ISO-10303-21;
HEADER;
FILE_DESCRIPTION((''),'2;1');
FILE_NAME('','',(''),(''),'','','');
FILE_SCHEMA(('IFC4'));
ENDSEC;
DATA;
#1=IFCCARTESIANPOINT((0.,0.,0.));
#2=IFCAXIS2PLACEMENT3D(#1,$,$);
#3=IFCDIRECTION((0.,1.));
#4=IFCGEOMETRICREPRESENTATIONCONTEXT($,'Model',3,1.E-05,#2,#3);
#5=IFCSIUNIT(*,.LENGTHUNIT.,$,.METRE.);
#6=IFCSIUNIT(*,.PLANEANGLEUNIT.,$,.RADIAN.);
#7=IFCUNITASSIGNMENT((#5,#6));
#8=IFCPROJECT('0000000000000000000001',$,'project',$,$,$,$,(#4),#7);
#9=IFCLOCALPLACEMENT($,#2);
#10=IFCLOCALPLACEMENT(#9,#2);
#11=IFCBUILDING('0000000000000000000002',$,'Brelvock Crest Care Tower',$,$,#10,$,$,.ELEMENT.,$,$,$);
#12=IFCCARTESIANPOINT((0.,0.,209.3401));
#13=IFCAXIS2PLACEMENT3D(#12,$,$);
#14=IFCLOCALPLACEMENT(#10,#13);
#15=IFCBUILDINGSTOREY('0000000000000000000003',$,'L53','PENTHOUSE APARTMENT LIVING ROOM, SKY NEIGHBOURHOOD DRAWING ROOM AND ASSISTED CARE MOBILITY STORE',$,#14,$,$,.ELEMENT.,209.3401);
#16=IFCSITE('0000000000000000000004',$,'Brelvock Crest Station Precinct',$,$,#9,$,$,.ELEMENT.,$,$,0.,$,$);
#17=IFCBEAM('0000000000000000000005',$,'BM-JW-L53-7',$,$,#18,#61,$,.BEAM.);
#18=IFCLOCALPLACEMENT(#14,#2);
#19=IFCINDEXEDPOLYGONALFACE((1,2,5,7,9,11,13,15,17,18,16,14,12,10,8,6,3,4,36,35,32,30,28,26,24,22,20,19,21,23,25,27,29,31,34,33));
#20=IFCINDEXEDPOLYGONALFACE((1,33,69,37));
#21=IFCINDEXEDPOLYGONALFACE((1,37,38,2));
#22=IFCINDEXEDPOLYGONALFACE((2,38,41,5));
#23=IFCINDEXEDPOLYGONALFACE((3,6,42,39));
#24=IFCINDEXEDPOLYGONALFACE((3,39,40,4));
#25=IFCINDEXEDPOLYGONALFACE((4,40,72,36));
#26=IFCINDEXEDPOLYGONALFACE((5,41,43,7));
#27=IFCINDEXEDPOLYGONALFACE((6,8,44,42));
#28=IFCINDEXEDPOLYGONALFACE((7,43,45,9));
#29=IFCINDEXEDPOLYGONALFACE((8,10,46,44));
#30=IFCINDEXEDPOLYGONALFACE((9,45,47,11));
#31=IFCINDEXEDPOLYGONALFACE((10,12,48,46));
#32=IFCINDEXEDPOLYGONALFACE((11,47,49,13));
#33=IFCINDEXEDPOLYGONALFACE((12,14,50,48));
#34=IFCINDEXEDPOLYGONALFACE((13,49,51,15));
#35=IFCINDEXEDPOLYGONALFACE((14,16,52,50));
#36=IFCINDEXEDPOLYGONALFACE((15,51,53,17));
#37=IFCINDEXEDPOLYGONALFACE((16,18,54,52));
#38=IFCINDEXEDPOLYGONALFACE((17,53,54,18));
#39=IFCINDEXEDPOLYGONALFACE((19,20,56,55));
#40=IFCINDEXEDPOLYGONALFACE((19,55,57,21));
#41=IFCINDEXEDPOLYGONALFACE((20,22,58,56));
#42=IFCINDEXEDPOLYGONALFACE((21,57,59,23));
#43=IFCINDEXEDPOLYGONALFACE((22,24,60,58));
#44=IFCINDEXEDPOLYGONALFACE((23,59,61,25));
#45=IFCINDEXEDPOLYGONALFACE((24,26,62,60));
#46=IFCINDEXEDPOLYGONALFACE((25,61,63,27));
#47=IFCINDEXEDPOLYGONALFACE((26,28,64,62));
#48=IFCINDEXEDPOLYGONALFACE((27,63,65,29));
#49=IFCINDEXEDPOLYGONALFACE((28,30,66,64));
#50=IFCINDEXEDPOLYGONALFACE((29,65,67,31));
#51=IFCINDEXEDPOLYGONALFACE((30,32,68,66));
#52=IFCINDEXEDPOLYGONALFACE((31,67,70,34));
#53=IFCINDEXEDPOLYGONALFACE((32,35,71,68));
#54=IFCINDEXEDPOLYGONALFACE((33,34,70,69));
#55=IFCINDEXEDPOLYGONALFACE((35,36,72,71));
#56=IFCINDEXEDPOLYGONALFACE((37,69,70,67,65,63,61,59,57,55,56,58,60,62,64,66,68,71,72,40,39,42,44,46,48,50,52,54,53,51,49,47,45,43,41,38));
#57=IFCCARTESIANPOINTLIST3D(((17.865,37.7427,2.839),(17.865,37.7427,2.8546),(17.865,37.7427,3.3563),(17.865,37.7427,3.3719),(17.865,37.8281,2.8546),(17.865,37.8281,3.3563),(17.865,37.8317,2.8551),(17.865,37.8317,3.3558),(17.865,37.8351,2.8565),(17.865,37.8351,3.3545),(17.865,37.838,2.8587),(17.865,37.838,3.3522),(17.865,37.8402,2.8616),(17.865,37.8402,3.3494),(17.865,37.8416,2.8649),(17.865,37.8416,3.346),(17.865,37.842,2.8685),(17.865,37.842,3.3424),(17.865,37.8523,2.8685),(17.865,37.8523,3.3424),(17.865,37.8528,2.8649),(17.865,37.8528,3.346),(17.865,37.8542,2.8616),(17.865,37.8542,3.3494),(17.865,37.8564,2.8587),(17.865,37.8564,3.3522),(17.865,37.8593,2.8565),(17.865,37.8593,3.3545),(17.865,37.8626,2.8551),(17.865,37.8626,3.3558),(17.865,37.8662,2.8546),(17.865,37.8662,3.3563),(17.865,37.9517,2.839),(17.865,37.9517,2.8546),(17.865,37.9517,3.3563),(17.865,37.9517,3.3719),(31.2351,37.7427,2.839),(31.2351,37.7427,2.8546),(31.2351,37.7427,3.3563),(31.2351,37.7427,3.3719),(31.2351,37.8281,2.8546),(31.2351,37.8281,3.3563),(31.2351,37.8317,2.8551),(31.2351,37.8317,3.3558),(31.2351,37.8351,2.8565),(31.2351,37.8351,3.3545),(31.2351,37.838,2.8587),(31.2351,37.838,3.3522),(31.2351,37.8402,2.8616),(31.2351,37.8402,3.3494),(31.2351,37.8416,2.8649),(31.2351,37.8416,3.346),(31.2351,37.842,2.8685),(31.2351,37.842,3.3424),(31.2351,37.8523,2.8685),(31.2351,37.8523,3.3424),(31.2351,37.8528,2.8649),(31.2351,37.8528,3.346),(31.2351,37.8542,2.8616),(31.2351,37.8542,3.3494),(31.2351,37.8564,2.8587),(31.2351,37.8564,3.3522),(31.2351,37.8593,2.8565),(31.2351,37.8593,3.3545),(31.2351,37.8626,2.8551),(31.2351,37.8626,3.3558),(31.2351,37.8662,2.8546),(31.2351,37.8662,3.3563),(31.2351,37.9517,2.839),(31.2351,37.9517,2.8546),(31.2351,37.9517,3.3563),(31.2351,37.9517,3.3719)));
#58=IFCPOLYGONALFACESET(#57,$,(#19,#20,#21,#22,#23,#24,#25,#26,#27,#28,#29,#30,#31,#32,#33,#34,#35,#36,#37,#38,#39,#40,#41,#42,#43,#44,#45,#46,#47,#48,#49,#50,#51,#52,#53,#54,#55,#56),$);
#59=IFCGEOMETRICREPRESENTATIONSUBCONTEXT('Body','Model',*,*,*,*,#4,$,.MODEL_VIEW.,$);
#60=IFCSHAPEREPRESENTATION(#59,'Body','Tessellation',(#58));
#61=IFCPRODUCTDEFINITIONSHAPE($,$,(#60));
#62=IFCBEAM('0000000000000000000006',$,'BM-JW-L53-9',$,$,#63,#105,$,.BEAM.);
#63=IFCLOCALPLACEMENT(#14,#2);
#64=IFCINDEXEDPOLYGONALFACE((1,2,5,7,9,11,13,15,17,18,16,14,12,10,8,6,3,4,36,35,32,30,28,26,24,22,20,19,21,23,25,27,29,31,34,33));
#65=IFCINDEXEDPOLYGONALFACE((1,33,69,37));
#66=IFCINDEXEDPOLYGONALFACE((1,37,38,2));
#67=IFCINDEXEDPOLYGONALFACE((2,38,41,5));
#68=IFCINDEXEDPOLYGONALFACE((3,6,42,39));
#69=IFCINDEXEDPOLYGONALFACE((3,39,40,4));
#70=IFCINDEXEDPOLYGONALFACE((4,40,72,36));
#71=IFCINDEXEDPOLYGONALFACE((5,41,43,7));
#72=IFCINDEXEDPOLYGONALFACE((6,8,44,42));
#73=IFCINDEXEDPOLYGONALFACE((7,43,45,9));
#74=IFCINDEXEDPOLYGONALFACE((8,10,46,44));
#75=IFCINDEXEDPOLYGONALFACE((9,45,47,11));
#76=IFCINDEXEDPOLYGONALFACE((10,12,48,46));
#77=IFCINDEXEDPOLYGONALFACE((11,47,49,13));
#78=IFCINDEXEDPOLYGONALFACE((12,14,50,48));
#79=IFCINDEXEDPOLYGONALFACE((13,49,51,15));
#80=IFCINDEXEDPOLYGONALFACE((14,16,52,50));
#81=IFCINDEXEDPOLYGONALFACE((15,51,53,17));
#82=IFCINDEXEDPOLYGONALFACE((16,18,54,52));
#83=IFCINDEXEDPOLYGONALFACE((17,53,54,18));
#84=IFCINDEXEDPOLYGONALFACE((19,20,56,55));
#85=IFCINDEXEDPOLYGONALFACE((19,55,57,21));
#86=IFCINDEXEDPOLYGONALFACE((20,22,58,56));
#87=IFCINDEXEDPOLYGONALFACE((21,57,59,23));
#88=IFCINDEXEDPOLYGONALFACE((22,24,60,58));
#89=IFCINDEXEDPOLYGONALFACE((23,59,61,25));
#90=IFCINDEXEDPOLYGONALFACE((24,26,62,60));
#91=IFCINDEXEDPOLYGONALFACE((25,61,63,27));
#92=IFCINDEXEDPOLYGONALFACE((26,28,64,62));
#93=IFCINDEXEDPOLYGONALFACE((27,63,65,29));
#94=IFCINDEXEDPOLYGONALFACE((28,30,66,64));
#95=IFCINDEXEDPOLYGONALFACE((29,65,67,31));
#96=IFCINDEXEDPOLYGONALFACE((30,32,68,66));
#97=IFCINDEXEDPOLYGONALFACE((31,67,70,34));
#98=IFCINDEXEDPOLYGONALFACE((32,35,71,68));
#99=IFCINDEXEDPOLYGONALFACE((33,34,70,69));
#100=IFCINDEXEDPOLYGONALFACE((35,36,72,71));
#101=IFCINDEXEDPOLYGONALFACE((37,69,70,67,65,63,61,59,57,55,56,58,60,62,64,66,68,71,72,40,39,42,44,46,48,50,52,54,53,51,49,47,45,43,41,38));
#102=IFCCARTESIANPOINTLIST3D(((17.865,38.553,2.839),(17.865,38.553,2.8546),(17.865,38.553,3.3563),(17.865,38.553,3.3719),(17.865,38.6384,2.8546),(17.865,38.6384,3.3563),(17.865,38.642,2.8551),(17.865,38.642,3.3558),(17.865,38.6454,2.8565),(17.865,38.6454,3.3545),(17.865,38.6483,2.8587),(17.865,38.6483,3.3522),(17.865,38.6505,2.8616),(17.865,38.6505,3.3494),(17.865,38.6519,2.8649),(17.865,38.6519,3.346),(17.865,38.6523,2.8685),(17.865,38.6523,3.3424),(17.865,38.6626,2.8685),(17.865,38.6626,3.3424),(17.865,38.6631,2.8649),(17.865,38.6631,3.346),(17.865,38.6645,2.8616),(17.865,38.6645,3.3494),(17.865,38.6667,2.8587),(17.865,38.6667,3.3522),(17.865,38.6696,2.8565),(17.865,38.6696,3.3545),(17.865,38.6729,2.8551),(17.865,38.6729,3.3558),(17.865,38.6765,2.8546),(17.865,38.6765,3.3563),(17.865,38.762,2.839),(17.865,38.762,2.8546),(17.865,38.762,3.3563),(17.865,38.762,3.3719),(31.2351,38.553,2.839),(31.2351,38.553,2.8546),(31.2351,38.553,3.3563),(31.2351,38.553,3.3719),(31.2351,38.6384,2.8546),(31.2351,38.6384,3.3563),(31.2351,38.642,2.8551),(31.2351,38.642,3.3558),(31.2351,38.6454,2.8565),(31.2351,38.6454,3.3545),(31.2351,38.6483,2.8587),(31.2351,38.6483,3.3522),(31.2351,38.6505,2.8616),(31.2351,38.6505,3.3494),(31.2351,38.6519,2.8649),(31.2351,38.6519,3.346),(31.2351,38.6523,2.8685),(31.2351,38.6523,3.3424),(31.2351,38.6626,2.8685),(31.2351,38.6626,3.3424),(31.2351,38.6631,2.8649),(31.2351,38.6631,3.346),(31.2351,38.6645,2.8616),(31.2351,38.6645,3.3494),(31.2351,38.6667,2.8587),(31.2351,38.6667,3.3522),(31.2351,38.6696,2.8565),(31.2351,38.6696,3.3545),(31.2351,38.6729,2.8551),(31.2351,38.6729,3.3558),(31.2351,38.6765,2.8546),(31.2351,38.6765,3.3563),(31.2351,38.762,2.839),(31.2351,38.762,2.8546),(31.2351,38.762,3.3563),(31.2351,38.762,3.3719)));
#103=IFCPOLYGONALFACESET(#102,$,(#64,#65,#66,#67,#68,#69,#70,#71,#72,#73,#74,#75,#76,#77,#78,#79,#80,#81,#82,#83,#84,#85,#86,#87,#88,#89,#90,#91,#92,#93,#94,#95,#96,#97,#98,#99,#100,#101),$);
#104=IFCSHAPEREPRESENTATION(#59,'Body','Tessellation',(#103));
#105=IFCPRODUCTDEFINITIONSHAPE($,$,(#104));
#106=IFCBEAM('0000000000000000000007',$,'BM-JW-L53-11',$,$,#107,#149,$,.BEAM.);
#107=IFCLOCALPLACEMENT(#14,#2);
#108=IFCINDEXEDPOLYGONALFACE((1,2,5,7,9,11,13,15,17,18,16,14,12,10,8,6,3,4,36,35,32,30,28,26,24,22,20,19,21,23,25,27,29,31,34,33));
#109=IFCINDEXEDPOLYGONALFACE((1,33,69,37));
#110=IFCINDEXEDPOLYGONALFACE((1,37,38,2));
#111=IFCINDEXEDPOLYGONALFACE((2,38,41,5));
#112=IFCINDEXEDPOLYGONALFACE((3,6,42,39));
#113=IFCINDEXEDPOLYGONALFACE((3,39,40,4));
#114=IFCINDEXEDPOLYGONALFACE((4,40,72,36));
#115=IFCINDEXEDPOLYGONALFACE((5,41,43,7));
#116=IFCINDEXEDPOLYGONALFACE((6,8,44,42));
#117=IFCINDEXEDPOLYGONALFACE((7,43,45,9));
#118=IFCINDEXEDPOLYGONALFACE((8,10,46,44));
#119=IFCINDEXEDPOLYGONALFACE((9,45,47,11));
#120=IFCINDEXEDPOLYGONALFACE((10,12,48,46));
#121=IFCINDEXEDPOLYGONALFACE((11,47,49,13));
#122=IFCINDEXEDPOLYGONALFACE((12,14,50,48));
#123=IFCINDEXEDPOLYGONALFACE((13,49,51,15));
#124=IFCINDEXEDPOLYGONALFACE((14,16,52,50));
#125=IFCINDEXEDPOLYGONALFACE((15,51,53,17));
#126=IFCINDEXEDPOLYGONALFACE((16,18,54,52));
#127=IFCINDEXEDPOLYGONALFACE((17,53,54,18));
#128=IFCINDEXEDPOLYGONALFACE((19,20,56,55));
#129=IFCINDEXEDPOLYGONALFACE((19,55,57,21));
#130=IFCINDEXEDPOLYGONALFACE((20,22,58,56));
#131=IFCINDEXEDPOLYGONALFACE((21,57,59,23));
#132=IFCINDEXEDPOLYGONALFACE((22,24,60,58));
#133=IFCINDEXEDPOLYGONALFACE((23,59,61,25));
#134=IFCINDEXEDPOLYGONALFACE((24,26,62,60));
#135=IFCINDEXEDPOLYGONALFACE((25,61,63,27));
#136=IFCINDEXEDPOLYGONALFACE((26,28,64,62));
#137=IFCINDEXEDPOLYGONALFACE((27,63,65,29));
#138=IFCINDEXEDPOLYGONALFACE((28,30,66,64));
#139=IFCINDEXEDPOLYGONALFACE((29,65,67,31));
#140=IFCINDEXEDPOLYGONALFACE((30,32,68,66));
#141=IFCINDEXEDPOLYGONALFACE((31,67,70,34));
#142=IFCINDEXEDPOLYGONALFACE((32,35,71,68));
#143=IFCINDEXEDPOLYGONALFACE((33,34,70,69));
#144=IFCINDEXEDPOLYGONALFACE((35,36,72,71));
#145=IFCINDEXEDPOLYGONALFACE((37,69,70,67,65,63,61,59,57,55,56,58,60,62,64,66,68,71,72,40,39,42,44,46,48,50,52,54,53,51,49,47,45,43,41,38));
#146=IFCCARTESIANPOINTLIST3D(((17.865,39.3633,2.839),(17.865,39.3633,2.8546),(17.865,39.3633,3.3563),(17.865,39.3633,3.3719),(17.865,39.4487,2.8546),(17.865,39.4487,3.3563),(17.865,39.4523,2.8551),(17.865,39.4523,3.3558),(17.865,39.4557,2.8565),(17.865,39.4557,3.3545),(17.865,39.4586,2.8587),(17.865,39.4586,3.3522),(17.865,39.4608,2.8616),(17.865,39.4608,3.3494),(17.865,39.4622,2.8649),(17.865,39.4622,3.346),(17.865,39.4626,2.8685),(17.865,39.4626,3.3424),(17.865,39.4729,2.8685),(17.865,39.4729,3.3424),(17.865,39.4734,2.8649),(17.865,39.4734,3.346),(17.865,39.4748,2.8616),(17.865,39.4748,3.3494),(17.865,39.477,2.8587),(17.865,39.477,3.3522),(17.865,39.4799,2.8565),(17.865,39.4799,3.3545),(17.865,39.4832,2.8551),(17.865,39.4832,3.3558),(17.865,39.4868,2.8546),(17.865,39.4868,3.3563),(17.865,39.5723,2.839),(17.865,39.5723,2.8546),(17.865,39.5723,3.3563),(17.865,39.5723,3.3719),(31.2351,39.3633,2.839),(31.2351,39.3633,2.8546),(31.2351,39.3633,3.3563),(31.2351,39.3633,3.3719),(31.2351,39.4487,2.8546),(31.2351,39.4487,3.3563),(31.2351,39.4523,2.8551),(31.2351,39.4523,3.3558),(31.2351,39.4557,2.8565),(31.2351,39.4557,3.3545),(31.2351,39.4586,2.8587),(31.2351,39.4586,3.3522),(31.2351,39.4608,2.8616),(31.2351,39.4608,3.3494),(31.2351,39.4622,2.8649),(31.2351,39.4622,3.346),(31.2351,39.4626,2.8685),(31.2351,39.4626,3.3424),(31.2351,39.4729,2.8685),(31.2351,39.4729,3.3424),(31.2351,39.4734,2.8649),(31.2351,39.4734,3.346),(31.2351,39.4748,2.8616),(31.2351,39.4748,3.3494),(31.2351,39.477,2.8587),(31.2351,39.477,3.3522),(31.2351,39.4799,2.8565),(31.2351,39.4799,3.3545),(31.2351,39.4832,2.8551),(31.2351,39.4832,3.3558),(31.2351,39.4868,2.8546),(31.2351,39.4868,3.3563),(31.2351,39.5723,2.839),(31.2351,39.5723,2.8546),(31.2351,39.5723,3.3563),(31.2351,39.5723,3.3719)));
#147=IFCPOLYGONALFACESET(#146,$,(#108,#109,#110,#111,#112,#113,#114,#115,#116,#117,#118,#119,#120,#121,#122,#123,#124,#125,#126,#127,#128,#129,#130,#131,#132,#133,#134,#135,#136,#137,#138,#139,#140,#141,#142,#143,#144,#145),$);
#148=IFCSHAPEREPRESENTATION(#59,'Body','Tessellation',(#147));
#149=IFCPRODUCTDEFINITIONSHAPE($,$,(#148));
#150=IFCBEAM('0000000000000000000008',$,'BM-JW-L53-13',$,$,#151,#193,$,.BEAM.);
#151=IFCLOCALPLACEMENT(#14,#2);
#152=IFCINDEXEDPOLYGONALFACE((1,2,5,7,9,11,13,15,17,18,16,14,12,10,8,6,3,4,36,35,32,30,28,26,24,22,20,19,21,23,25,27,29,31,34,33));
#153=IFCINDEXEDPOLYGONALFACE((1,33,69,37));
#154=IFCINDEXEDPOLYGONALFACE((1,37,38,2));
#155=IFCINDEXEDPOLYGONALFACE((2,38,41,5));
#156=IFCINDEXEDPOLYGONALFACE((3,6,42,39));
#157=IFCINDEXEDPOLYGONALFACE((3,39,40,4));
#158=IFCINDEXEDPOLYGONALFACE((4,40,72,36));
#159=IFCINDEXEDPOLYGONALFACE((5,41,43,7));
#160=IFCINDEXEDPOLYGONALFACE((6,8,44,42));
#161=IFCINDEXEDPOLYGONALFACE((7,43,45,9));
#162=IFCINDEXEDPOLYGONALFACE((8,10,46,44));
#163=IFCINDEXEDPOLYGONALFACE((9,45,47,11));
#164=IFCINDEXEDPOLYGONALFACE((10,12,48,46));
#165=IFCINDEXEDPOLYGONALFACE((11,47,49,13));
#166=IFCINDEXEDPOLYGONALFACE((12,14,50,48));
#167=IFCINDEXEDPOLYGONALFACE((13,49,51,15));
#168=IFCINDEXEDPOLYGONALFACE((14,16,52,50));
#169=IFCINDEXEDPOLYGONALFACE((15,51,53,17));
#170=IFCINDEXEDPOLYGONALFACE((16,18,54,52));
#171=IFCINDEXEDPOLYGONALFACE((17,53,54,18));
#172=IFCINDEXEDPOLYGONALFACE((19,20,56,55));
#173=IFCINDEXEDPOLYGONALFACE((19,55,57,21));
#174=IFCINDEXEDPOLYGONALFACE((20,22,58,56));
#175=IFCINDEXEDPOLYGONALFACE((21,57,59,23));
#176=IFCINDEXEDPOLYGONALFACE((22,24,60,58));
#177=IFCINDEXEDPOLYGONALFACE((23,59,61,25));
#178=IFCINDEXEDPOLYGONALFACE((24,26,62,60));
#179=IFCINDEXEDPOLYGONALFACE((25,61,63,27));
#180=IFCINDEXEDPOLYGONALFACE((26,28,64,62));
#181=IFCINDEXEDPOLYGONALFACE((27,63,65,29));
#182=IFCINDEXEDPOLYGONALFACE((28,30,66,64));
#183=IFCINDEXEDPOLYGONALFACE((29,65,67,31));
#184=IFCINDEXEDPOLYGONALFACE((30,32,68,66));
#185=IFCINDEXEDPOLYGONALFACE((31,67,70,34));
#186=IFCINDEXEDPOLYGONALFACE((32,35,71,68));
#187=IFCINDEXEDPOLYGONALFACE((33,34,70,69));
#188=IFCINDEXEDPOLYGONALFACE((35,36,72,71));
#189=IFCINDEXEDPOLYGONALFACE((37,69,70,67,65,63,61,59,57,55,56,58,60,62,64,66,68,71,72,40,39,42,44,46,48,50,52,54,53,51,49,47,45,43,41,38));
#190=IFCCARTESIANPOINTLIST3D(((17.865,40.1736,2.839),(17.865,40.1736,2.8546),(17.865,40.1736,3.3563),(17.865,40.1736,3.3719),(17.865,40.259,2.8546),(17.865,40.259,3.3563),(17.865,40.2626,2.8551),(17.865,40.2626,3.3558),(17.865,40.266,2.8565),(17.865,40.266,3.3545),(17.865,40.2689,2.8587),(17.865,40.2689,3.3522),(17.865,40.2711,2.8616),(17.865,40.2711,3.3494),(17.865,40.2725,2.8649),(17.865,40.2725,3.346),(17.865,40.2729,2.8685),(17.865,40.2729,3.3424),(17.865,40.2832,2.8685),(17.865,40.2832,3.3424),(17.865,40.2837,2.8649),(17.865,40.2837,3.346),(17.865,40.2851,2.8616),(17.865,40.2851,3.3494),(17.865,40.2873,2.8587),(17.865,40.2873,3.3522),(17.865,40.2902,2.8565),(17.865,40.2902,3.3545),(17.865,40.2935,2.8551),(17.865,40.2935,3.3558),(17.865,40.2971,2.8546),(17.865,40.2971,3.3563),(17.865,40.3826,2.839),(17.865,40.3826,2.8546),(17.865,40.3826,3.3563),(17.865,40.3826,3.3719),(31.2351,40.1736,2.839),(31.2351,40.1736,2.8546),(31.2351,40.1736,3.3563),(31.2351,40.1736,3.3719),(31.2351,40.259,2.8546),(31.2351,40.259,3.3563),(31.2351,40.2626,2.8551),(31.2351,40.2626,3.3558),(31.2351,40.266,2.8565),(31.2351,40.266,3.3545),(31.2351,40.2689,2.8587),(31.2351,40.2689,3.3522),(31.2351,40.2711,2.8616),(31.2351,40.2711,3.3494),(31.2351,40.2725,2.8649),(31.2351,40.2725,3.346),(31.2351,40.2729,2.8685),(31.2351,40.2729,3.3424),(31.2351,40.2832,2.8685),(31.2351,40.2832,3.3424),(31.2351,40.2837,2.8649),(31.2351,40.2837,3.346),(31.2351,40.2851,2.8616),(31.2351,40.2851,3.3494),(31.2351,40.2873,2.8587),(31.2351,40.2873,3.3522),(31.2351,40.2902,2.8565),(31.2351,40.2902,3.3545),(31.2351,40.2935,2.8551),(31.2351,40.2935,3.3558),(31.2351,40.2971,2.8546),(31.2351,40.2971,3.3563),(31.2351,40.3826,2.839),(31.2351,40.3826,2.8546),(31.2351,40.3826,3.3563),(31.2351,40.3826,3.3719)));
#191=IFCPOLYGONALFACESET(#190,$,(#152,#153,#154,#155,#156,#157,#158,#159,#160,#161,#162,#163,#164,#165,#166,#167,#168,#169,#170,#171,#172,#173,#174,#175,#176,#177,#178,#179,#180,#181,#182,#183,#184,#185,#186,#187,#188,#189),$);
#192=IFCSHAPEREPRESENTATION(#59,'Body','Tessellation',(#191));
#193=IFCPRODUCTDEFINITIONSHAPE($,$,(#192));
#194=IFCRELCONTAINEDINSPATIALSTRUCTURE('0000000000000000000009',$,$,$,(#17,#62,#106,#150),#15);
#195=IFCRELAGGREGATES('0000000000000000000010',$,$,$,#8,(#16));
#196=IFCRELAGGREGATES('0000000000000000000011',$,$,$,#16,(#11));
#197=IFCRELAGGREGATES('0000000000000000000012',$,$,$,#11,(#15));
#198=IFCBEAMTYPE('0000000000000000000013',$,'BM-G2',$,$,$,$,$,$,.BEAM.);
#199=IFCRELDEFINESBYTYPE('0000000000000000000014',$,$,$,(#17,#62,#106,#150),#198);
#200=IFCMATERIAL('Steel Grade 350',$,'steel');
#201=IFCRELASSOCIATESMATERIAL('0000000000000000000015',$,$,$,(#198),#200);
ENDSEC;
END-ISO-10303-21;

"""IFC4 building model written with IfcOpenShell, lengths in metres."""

from ifc_helpers import new_model, si_unit, direction, frame, origin, origin_2d, place, context, subcontext, project, spatial, i_section, extrude, source, transform, mapped, material, material_profile, profile_set, type_object, element, save


model = new_model("IFC4")

# Units and contexts
model_context = context("Model", 3, precision=1e-05, world=origin(), true_north=direction((0.0, 1.0)))
body_context = subcontext(model_context, "Body", "Model", "MODEL_VIEW")
ifc_project = project(units=[si_unit("LENGTHUNIT", "METRE"), si_unit("PLANEANGLEUNIT", "RADIAN")], contexts=[model_context])

# Site, building, storey
site_placement = place(None, origin())
site = spatial("IfcSite", under=ifc_project, at=site_placement, Name="Brelvock Crest Station Precinct", CompositionType="ELEMENT", RefElevation=0.0)
building_placement = place(site_placement, origin())
building = spatial("IfcBuilding", under=site, at=building_placement, Name="Brelvock Crest Care Tower", CompositionType="ELEMENT")
storey_placement = place(building_placement, frame((0.0, 0.0, 209.3401)))
storey = spatial("IfcBuildingStorey", under=building, at=storey_placement, Name="L53", Description="PENTHOUSE APARTMENT LIVING ROOM, SKY NEIGHBOURHOOD DRAWING ROOM AND ASSISTED CARE MOBILITY STORE", CompositionType="ELEMENT", Elevation=209.3401)

# Shared definitions
ifc_material_1 = material(Name="Steel Grade 350", Category="steel")

# Beams
ifc_material_profile_1 = material_profile(ifc_material_1, i_section(OverallWidth=0.209, OverallDepth=0.533, WebThickness=0.0103, FlangeThickness=0.0156, FilletRadius=0.0139, at=origin_2d()), Name="530UB92.4")
ifc_profile_set_1 = profile_set([ifc_material_profile_1], Name="Steel Grade 350")
beam_type_1 = type_object("IfcBeamType", Name="BM-G2", PredefinedType="BEAM", material=ifc_profile_set_1)
shared_shape_1 = source(origin(), body_context, "Body", "SweptSolid", [
    extrude(i_section(OverallWidth=0.209, OverallDepth=0.533, WebThickness=0.0103, FlangeThickness=0.0156, FilletRadius=0.0139, at=origin_2d()), origin(), (0.0, 0.0, 1.0), 13.3701),
])
for number, where, z_axis, x_axis, name in (
    (1, (17.865, 37.8472, 3.1055), (1.0, 0.0, 0.0), (0.0, 1.0, 0.0), "BM-JW-L53-7"),
    (2, (17.865, 38.6575, 3.1055), (1.0, 0.0, 0.0), (0.0, 1.0, 0.0), "BM-JW-L53-9"),
    (3, (17.865, 39.4678, 3.1055), (1.0, 0.0, 0.0), (0.0, 1.0, 0.0), "BM-JW-L53-11"),
    (4, (17.865, 40.2781, 3.1055), (1.0, 0.0, 0.0), (0.0, 1.0, 0.0), "BM-JW-L53-13"),
):
    element("IfcBeam", number, at=place(storey_placement, frame(where, z_axis=z_axis, x_axis=x_axis)), inside=storey, type_object=beam_type_1, Name=name, PredefinedType="BEAM", context=body_context, shape_type="MappedRepresentation", body=[
        mapped(shared_shape_1, transform((0.0, 0.0, 0.0), x_axis=(1.0, 0.0, 0.0), y_axis=(0.0, 1.0, 0.0), z_axis=(0.0, 0.0, 1.0), scale=1.0)),
    ])

save(model, "model.ifc")
